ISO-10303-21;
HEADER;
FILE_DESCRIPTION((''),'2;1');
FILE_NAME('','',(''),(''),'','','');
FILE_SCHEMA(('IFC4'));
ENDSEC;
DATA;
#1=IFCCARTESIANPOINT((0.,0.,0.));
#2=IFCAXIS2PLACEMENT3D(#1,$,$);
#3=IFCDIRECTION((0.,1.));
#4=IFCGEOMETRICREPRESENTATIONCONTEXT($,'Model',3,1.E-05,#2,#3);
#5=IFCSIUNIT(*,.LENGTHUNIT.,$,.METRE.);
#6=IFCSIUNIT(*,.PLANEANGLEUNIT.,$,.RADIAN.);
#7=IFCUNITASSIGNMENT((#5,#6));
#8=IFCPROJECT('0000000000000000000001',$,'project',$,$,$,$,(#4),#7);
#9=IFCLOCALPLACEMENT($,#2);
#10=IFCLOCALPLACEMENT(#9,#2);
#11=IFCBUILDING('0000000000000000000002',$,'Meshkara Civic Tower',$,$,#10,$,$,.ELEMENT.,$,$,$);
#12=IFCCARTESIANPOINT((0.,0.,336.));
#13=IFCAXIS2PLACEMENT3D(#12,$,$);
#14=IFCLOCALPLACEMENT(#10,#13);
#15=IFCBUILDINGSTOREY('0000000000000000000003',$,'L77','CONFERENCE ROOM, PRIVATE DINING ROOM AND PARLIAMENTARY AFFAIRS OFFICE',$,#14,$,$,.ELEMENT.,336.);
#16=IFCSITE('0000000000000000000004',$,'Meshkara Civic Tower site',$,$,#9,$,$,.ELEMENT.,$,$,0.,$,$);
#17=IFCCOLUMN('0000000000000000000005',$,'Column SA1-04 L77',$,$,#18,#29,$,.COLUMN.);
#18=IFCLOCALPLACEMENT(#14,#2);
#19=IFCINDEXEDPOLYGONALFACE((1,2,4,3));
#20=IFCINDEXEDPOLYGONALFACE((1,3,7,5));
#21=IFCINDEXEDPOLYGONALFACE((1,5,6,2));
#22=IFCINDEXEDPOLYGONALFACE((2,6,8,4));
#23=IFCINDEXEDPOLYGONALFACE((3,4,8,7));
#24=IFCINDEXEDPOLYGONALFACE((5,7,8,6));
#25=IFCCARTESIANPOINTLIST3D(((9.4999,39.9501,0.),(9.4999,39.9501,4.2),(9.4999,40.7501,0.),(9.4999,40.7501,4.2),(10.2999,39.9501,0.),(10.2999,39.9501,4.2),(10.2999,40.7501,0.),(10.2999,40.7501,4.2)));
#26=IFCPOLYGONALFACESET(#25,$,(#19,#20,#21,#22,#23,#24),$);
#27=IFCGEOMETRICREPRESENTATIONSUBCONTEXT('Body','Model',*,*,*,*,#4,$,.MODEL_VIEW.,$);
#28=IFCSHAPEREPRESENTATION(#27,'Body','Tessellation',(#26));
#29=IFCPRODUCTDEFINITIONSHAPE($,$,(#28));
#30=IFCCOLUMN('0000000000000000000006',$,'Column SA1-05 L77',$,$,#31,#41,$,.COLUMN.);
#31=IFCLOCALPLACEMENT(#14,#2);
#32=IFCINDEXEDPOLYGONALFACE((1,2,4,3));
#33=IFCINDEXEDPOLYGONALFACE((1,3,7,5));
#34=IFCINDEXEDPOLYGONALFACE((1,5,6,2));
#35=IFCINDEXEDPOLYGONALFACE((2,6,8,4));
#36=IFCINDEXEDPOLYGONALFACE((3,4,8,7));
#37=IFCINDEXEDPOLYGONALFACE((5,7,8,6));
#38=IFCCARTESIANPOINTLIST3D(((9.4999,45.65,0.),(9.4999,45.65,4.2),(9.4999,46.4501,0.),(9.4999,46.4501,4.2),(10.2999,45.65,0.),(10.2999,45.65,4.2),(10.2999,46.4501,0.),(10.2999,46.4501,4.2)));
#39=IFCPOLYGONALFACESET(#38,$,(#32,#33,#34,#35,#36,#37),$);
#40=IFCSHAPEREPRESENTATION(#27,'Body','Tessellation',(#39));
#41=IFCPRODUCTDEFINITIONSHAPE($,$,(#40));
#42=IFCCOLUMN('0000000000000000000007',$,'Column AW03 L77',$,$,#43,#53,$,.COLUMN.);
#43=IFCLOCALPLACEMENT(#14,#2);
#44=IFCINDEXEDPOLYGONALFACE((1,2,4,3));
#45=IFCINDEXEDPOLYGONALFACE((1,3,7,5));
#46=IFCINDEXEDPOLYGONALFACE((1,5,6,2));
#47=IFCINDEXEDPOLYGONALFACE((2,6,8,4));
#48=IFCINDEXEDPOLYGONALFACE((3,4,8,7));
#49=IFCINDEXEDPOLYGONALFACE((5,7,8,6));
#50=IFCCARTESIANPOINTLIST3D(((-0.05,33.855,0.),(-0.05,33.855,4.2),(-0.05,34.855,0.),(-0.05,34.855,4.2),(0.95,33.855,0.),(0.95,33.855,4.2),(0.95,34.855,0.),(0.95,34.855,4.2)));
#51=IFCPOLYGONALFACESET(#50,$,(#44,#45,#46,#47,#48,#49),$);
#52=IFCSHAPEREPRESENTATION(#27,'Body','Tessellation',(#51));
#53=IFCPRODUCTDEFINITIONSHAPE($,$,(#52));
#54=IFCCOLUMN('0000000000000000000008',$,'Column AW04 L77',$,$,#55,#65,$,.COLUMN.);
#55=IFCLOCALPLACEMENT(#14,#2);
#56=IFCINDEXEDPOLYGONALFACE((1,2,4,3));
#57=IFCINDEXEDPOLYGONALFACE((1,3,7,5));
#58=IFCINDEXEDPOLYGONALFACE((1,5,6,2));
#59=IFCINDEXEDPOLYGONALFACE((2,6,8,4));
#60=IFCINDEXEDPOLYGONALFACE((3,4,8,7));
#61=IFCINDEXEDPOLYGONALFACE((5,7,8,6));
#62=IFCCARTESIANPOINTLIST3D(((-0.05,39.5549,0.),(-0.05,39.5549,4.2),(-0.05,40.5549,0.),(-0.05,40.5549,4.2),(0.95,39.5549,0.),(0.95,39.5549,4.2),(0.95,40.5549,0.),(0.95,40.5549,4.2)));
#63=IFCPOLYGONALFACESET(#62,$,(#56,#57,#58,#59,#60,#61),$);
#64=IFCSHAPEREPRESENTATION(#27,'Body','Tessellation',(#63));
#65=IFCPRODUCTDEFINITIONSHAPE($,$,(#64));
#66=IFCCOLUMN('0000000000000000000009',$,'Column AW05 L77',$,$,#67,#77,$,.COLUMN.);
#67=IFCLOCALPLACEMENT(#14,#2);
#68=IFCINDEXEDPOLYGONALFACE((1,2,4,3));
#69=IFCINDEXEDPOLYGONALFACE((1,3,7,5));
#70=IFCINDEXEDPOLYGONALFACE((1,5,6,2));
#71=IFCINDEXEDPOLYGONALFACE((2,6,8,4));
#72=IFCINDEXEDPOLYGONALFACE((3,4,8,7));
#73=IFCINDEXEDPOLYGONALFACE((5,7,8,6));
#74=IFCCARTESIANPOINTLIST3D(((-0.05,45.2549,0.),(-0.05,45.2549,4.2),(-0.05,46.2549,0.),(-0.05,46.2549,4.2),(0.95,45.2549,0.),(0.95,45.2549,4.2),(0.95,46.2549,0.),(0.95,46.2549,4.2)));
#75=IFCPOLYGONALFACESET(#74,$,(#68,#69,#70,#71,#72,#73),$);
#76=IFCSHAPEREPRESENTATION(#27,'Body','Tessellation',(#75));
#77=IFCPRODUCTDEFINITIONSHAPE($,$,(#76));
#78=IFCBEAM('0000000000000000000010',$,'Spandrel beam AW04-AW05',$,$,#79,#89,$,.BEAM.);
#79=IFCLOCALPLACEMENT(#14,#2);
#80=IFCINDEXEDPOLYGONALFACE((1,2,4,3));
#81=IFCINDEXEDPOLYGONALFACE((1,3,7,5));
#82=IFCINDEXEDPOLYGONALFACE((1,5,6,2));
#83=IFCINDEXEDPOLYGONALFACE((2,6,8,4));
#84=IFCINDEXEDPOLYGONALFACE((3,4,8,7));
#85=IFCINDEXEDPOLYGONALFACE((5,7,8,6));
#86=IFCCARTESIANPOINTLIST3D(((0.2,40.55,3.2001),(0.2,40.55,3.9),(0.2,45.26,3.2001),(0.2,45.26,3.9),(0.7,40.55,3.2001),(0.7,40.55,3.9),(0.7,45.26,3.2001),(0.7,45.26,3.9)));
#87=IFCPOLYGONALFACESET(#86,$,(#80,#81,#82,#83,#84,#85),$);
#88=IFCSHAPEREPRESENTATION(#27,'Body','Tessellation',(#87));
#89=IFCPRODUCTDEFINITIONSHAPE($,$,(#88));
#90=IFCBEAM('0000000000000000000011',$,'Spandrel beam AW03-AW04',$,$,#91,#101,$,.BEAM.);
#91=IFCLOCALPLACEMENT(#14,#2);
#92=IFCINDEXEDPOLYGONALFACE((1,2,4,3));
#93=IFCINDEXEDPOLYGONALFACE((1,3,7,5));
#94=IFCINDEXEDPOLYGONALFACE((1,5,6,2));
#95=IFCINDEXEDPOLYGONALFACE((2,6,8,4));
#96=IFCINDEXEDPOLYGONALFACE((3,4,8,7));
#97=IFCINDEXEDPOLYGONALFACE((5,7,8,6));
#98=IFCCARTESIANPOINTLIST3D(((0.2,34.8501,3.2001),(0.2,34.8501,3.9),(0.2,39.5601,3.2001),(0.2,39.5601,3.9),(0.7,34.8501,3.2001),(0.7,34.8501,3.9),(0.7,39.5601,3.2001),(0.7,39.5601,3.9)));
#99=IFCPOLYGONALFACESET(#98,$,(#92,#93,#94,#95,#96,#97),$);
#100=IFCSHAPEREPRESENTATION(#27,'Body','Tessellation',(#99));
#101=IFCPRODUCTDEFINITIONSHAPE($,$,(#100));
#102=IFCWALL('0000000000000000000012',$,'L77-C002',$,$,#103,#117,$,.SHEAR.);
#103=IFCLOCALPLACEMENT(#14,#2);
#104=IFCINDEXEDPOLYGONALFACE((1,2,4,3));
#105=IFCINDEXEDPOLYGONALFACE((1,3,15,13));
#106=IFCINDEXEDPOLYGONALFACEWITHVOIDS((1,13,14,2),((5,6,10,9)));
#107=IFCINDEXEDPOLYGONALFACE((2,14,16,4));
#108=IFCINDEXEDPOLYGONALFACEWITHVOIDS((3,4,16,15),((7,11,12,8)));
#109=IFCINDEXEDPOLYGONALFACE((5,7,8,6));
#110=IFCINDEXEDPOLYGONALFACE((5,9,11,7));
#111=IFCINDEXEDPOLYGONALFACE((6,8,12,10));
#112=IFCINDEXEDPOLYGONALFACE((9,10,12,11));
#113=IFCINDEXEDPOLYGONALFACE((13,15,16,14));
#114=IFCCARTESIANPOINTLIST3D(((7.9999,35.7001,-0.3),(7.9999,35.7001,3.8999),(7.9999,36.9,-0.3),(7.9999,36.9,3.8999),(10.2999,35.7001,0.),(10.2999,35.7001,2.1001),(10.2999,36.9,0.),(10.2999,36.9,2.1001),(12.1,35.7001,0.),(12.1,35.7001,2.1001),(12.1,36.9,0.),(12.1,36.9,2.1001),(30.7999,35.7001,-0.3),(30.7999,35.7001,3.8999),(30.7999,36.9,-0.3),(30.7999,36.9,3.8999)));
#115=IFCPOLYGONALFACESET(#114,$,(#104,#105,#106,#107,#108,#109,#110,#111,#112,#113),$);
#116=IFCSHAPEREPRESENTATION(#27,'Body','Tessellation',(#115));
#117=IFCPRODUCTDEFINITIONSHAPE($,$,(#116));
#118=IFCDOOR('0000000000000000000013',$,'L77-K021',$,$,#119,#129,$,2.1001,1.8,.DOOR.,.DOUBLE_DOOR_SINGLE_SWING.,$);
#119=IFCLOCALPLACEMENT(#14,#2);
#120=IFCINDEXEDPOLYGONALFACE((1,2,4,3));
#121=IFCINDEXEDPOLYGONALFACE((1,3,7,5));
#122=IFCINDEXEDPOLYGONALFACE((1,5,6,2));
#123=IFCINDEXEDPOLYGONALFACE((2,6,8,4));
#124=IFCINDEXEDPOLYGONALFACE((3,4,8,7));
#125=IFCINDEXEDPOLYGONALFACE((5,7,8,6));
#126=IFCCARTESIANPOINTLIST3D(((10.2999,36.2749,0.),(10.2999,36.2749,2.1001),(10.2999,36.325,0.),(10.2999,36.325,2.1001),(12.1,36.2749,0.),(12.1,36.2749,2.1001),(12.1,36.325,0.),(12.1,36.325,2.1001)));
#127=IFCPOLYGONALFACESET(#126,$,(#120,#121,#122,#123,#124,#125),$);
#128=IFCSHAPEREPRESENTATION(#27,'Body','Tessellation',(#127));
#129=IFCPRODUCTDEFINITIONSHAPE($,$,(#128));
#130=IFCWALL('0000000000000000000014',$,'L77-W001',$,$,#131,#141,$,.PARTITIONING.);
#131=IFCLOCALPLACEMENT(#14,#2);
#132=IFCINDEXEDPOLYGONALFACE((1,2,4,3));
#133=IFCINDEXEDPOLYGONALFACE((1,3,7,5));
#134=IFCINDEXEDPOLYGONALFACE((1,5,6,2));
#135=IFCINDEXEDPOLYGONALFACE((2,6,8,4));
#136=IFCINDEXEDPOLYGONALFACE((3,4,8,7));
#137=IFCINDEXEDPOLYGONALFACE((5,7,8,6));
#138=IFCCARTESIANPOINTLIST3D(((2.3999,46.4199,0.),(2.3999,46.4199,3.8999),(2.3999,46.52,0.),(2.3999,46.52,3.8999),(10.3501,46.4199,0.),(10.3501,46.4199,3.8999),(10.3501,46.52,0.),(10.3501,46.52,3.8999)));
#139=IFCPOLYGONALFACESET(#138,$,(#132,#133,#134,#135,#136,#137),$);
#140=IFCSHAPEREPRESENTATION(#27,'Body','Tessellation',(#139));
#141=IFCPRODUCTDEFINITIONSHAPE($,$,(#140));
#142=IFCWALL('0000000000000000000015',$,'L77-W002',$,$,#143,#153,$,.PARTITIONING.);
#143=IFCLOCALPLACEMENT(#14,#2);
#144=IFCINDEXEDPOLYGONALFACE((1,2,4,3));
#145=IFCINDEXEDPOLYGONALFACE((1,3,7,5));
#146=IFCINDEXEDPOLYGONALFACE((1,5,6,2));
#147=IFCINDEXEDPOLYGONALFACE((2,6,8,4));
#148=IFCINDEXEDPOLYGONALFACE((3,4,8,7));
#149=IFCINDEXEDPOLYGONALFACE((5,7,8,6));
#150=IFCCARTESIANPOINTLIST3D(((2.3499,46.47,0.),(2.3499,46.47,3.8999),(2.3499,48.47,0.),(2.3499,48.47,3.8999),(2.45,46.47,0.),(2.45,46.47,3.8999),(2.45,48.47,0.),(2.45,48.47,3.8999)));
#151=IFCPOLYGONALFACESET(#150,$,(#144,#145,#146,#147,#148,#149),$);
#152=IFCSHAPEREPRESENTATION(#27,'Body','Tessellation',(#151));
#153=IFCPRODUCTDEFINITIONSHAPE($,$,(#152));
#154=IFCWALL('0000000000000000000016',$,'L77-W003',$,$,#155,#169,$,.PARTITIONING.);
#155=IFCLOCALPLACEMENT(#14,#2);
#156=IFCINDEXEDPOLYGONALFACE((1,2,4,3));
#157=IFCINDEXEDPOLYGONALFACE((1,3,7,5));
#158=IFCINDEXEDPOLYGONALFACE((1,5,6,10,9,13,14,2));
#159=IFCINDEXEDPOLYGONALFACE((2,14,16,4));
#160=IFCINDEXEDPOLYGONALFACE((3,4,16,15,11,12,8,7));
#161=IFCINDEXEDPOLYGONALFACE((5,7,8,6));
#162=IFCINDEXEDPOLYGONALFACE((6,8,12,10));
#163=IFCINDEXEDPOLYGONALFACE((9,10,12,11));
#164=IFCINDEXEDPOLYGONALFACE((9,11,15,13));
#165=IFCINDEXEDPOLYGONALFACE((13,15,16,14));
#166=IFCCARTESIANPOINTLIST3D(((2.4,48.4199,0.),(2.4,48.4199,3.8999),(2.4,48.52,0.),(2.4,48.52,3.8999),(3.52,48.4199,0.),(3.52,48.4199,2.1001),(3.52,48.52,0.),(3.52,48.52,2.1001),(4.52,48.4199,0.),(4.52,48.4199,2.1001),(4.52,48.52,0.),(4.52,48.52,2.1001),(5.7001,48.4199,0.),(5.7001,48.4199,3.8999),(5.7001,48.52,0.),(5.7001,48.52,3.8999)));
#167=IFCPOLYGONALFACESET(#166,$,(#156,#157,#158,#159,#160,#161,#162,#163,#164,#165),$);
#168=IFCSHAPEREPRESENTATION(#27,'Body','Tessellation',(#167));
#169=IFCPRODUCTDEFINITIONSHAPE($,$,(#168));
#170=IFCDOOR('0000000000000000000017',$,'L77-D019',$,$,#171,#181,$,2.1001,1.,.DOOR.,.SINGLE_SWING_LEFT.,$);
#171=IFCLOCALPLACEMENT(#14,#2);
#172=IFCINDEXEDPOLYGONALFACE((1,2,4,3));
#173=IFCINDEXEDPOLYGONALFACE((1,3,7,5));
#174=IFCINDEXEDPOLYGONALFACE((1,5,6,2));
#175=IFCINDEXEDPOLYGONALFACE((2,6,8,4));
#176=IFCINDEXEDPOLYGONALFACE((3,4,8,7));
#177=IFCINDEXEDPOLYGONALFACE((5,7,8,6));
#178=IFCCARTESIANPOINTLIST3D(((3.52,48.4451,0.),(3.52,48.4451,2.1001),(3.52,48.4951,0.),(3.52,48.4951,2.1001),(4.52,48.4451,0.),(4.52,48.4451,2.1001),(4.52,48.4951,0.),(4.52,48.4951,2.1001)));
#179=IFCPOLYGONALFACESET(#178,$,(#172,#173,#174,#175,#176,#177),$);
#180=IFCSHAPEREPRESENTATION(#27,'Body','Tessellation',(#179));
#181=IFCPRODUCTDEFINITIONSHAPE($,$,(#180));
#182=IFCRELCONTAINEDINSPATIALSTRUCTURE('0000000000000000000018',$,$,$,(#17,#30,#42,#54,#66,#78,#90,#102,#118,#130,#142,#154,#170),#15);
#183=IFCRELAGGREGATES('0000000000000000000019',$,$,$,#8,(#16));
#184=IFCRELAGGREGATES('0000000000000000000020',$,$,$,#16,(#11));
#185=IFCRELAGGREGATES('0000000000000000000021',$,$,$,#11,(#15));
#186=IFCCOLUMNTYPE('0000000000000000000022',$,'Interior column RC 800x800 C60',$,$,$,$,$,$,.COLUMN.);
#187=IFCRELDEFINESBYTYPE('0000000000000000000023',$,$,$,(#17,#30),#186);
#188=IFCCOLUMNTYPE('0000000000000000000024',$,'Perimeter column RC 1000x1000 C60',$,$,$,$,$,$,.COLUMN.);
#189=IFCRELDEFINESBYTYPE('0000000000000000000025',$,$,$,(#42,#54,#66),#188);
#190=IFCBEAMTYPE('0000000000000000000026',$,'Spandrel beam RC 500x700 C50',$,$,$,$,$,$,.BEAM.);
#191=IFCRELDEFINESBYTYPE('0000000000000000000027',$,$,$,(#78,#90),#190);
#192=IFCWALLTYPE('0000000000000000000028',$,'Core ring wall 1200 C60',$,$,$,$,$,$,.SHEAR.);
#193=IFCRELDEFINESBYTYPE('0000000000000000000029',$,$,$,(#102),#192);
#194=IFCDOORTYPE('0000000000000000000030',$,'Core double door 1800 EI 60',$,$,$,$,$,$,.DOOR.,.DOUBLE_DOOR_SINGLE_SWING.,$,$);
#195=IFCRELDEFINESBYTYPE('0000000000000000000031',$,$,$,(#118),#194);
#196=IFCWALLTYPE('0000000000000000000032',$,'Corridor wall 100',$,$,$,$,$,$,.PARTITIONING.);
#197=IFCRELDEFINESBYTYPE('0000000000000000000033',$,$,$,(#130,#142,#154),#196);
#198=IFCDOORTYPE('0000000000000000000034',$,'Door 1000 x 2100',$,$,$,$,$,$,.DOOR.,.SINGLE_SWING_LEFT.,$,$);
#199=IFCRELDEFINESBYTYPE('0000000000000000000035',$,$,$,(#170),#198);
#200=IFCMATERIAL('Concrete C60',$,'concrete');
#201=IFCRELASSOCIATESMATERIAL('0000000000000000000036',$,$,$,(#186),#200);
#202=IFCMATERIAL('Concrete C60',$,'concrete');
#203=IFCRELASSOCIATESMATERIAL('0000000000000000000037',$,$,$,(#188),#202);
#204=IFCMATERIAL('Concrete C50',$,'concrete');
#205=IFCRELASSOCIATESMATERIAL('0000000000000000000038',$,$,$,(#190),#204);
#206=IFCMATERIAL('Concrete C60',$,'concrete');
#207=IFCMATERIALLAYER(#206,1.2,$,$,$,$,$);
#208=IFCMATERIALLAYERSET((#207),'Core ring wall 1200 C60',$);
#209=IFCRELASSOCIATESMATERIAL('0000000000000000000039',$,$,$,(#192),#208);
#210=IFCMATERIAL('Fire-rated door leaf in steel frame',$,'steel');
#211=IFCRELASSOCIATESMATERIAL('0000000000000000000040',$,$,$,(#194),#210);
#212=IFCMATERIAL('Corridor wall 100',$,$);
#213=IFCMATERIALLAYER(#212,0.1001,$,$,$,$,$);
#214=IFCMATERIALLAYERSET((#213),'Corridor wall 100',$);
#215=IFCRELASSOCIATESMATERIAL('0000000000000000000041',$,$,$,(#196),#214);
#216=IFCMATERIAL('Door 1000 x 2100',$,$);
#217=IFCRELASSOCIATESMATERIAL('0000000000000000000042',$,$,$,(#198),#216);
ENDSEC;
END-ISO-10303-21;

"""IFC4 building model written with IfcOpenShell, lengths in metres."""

from ifc_helpers import new_model, si_unit, direction, frame, frame_2d, origin, origin_2d, place, context, subcontext, project, spatial, rectangle, extrude, material, layer, layer_set, material_profile, profile_set, type_object, element, fill, save


model = new_model("IFC4")

# Units and contexts
model_context = context("Model", 3, precision=1e-05, world=origin(), true_north=direction((0.0, 1.0)))
body_context = subcontext(model_context, "Body", "Model", "MODEL_VIEW")
ifc_project = project(units=[si_unit("LENGTHUNIT", "METRE"), si_unit("PLANEANGLEUNIT", "RADIAN")], contexts=[model_context])

# Site, building, storey
site_placement = place(None, origin())
site = spatial("IfcSite", under=ifc_project, at=site_placement, Name="Meshkara Civic Tower site", CompositionType="ELEMENT", RefElevation=0.0)
building_placement = place(site_placement, origin())
building = spatial("IfcBuilding", under=site, at=building_placement, Name="Meshkara Civic Tower", CompositionType="ELEMENT")
storey_placement = place(building_placement, frame((0.0, 0.0, 336.0)))
storey = spatial("IfcBuildingStorey", under=building, at=storey_placement, Name="L77", Description="CONFERENCE ROOM, PRIVATE DINING ROOM AND PARLIAMENTARY AFFAIRS OFFICE", CompositionType="ELEMENT", Elevation=336.0)

# Columns
ifc_material_1 = material(Name="Concrete C60", Category="concrete")
ifc_material_profile_1 = material_profile(ifc_material_1, rectangle(XDim=0.8, YDim=0.8, at=origin_2d()))
ifc_profile_set_1 = profile_set([ifc_material_profile_1], Name="Concrete C60")
column_type_1 = type_object("IfcColumnType", Name="Interior column RC 800x800 C60", PredefinedType="COLUMN", material=ifc_profile_set_1)
for number, where, z_axis, x_axis, name in (
    (1, (9.8999, 40.3501, 0.0), (0.0, 0.0, 1.0), (1.0, 0.0, 0.0), "Column SA1-04 L77"),
    (2, (9.8999, 46.05, 0.0), (0.0, 0.0, 1.0), (1.0, 0.0, 0.0), "Column SA1-05 L77"),
):
    element("IfcColumn", number, at=place(storey_placement, frame(where, z_axis=z_axis, x_axis=x_axis)), inside=storey, type_object=column_type_1, Name=name, PredefinedType="COLUMN", context=body_context, shape_type="SweptSolid", body=[
        extrude(rectangle(XDim=0.8, YDim=0.8, at=origin_2d()), origin(), (0.0, 0.0, 1.0), 4.2),
    ])
ifc_material_2 = material(Name="Concrete C60", Category="concrete")
ifc_material_profile_2 = material_profile(ifc_material_2, rectangle(XDim=1.0, YDim=1.0, at=origin_2d()))
ifc_profile_set_2 = profile_set([ifc_material_profile_2], Name="Concrete C60")
column_type_2 = type_object("IfcColumnType", Name="Perimeter column RC 1000x1000 C60", PredefinedType="COLUMN", material=ifc_profile_set_2)
for number, where, z_axis, x_axis, name in (
    (3, (0.45, 34.355, 0.0), (0.0, 0.0, 1.0), (1.0, 0.0, 0.0), "Column AW03 L77"),
    (4, (0.45, 40.0549, 0.0), (0.0, 0.0, 1.0), (1.0, 0.0, 0.0), "Column AW04 L77"),
    (5, (0.45, 45.7549, 0.0), (0.0, 0.0, 1.0), (1.0, 0.0, 0.0), "Column AW05 L77"),
):
    element("IfcColumn", number, at=place(storey_placement, frame(where, z_axis=z_axis, x_axis=x_axis)), inside=storey, type_object=column_type_2, Name=name, PredefinedType="COLUMN", context=body_context, shape_type="SweptSolid", body=[
        extrude(rectangle(XDim=1.0, YDim=1.0, at=origin_2d()), origin(), (0.0, 0.0, 1.0), 4.2),
    ])

# Beams
ifc_material_3 = material(Name="Concrete C50", Category="concrete")
ifc_material_profile_3 = material_profile(ifc_material_3, rectangle(XDim=0.5, YDim=0.7, at=origin_2d()))
ifc_profile_set_3 = profile_set([ifc_material_profile_3], Name="Concrete C50")
beam_type = type_object("IfcBeamType", Name="Spandrel beam RC 500x700 C50", PredefinedType="BEAM", material=ifc_profile_set_3)
for number, where, z_axis, x_axis, name in (
    (6, (0.45, 45.26, 3.55), (0.0, -1.0, 0.0), (1.0, 0.0, 0.0), "Spandrel beam AW04-AW05"),
    (7, (0.45, 39.5601, 3.55), (0.0, -1.0, 0.0), (1.0, 0.0, 0.0), "Spandrel beam AW03-AW04"),
):
    element("IfcBeam", number, at=place(storey_placement, frame(where, z_axis=z_axis, x_axis=x_axis)), inside=storey, type_object=beam_type, Name=name, PredefinedType="BEAM", context=body_context, shape_type="SweptSolid", body=[
        extrude(rectangle(XDim=0.5, YDim=0.7, at=origin_2d()), origin(), (0.0, 0.0, 1.0), 4.71),
    ])

# Wall, opening, door
ifc_material_4 = material(Name="Concrete C60", Category="concrete")
ifc_layer_1 = layer(ifc_material_4, 1.2)
ifc_layer_set_1 = layer_set([ifc_layer_1], Name="Core ring wall 1200 C60")
wall_type_1 = type_object("IfcWallType", Name="Core ring wall 1200 C60", PredefinedType="SHEAR", material=ifc_layer_set_1)
wall_1_placement = place(storey_placement, frame((8.0, 36.3, -0.3), z_axis=(0.0, 0.0, 1.0), x_axis=(1.0, 0.0, 0.0)))
wall_1 = element("IfcWall", 8, at=wall_1_placement, inside=storey, type_object=wall_type_1, Name="L77-C002", PredefinedType="SHEAR", context=body_context, shape_type="SweptSolid", body=[
    extrude(rectangle(XDim=22.8, YDim=1.2, at=frame_2d((11.3999, 0.0))), origin(), (0.0, 0.0, 1.0), 4.2),
])
opening_1_placement = place(wall_1_placement, frame((2.3, 0.0, 0.3)))
opening_1 = element("IfcOpeningElement", 9, at=opening_1_placement, cuts=wall_1, PredefinedType="OPENING", context=body_context, shape_type="SweptSolid", body=[
    extrude(rectangle(XDim=1.8, YDim=2.1001, at=frame_2d((0.8999, 1.05))), frame((0.0, 0.6099, 0.0), z_axis=(0.0, -1.0, 0.0), x_axis=(1.0, 0.0, 0.0)), (0.0, 0.0, 1.0), 1.22),
])
ifc_material_5 = material(Name="Fire-rated door leaf in steel frame", Category="steel")
door_type_1 = type_object("IfcDoorType", Name="Core double door 1800 EI 60", OperationType="DOUBLE_DOOR_SINGLE_SWING", PredefinedType="DOOR", material=ifc_material_5)
door_1_placement = place(opening_1_placement, origin())
door_1 = element("IfcDoor", 10, at=door_1_placement, inside=storey, type_object=door_type_1, Name="L77-K021", OperationType="DOUBLE_DOOR_SINGLE_SWING", OverallHeight=2.1001, OverallWidth=1.8, PredefinedType="DOOR", context=body_context, shape_type="SweptSolid", body=[
    extrude(rectangle(XDim=1.8, YDim=2.1001, at=frame_2d((0.8999, 1.05))), frame((0.0, 0.0249, 0.0), z_axis=(0.0, -1.0, 0.0), x_axis=(1.0, 0.0, 0.0)), (0.0, 0.0, 1.0), 0.05),
])
fill(opening_1, door_1)

# Walls
ifc_material_6 = material(Name="Corridor wall 100")
ifc_layer_2 = layer(ifc_material_6, 0.1001)
ifc_layer_set_2 = layer_set([ifc_layer_2], Name="Corridor wall 100")
wall_type_2 = type_object("IfcWallType", Name="Corridor wall 100", PredefinedType="PARTITIONING", material=ifc_layer_set_2)
wall_2_placement = place(storey_placement, frame((2.3999, 46.47, 0.0), z_axis=(0.0, 0.0, 1.0), x_axis=(1.0, 0.0, 0.0)))
element("IfcWall", 11, at=wall_2_placement, inside=storey, type_object=wall_type_2, Name="L77-W001", PredefinedType="PARTITIONING", context=body_context, shape_type="SweptSolid", body=[
    extrude(rectangle(XDim=7.9502, YDim=0.1001, at=frame_2d((3.9751, 0.0))), origin(), (0.0, 0.0, 1.0), 3.8999),
])
wall_3_placement = place(storey_placement, frame((2.3999, 48.47, 0.0), z_axis=(0.0, 0.0, 1.0), x_axis=(0.0, -1.0, 0.0)))
element("IfcWall", 12, at=wall_3_placement, inside=storey, type_object=wall_type_2, Name="L77-W002", PredefinedType="PARTITIONING", context=body_context, shape_type="SweptSolid", body=[
    extrude(rectangle(XDim=2.0, YDim=0.1001, at=frame_2d((1.0, 0.0))), origin(), (0.0, 0.0, 1.0), 3.8999),
])

# Wall, opening, door
wall_4_placement = place(storey_placement, frame((5.7, 48.47, 0.0), z_axis=(0.0, 0.0, 1.0), x_axis=(-1.0, 0.0, 0.0)))
wall_4 = element("IfcWall", 13, at=wall_4_placement, inside=storey, type_object=wall_type_2, Name="L77-W003", PredefinedType="PARTITIONING", context=body_context, shape_type="SweptSolid", body=[
    extrude(rectangle(XDim=3.3, YDim=0.1001, at=frame_2d((1.6499, 0.0))), origin(), (0.0, 0.0, 1.0), 3.8999),
])
opening_2_placement = place(wall_4_placement, frame((1.1799, 0.0, 0.0)))
opening_2 = element("IfcOpeningElement", 14, at=opening_2_placement, cuts=wall_4, PredefinedType="OPENING", context=body_context, shape_type="SweptSolid", body=[
    extrude(rectangle(XDim=1.0, YDim=2.1001, at=frame_2d((0.5, 1.05))), frame((0.0, 0.0601, 0.0), z_axis=(0.0, -1.0, 0.0), x_axis=(1.0, 0.0, 0.0)), (0.0, 0.0, 1.0), 0.1201),
])
ifc_material_7 = material(Name="Door 1000 x 2100")
door_type_2 = type_object("IfcDoorType", Name="Door 1000 x 2100", OperationType="SINGLE_SWING_LEFT", PredefinedType="DOOR", material=ifc_material_7)
door_2_placement = place(opening_2_placement, origin())
door_2 = element("IfcDoor", 15, at=door_2_placement, inside=storey, type_object=door_type_2, Name="L77-D019", OperationType="SINGLE_SWING_LEFT", OverallHeight=2.1001, OverallWidth=1.0, PredefinedType="DOOR", context=body_context, shape_type="SweptSolid", body=[
    extrude(rectangle(XDim=1.0, YDim=2.1001, at=frame_2d((0.5, 1.05))), frame((0.0, 0.0249, 0.0), z_axis=(0.0, -1.0, 0.0), x_axis=(1.0, 0.0, 0.0)), (0.0, 0.0, 1.0), 0.05),
])
fill(opening_2, door_2)

save(model, "model.ifc")
